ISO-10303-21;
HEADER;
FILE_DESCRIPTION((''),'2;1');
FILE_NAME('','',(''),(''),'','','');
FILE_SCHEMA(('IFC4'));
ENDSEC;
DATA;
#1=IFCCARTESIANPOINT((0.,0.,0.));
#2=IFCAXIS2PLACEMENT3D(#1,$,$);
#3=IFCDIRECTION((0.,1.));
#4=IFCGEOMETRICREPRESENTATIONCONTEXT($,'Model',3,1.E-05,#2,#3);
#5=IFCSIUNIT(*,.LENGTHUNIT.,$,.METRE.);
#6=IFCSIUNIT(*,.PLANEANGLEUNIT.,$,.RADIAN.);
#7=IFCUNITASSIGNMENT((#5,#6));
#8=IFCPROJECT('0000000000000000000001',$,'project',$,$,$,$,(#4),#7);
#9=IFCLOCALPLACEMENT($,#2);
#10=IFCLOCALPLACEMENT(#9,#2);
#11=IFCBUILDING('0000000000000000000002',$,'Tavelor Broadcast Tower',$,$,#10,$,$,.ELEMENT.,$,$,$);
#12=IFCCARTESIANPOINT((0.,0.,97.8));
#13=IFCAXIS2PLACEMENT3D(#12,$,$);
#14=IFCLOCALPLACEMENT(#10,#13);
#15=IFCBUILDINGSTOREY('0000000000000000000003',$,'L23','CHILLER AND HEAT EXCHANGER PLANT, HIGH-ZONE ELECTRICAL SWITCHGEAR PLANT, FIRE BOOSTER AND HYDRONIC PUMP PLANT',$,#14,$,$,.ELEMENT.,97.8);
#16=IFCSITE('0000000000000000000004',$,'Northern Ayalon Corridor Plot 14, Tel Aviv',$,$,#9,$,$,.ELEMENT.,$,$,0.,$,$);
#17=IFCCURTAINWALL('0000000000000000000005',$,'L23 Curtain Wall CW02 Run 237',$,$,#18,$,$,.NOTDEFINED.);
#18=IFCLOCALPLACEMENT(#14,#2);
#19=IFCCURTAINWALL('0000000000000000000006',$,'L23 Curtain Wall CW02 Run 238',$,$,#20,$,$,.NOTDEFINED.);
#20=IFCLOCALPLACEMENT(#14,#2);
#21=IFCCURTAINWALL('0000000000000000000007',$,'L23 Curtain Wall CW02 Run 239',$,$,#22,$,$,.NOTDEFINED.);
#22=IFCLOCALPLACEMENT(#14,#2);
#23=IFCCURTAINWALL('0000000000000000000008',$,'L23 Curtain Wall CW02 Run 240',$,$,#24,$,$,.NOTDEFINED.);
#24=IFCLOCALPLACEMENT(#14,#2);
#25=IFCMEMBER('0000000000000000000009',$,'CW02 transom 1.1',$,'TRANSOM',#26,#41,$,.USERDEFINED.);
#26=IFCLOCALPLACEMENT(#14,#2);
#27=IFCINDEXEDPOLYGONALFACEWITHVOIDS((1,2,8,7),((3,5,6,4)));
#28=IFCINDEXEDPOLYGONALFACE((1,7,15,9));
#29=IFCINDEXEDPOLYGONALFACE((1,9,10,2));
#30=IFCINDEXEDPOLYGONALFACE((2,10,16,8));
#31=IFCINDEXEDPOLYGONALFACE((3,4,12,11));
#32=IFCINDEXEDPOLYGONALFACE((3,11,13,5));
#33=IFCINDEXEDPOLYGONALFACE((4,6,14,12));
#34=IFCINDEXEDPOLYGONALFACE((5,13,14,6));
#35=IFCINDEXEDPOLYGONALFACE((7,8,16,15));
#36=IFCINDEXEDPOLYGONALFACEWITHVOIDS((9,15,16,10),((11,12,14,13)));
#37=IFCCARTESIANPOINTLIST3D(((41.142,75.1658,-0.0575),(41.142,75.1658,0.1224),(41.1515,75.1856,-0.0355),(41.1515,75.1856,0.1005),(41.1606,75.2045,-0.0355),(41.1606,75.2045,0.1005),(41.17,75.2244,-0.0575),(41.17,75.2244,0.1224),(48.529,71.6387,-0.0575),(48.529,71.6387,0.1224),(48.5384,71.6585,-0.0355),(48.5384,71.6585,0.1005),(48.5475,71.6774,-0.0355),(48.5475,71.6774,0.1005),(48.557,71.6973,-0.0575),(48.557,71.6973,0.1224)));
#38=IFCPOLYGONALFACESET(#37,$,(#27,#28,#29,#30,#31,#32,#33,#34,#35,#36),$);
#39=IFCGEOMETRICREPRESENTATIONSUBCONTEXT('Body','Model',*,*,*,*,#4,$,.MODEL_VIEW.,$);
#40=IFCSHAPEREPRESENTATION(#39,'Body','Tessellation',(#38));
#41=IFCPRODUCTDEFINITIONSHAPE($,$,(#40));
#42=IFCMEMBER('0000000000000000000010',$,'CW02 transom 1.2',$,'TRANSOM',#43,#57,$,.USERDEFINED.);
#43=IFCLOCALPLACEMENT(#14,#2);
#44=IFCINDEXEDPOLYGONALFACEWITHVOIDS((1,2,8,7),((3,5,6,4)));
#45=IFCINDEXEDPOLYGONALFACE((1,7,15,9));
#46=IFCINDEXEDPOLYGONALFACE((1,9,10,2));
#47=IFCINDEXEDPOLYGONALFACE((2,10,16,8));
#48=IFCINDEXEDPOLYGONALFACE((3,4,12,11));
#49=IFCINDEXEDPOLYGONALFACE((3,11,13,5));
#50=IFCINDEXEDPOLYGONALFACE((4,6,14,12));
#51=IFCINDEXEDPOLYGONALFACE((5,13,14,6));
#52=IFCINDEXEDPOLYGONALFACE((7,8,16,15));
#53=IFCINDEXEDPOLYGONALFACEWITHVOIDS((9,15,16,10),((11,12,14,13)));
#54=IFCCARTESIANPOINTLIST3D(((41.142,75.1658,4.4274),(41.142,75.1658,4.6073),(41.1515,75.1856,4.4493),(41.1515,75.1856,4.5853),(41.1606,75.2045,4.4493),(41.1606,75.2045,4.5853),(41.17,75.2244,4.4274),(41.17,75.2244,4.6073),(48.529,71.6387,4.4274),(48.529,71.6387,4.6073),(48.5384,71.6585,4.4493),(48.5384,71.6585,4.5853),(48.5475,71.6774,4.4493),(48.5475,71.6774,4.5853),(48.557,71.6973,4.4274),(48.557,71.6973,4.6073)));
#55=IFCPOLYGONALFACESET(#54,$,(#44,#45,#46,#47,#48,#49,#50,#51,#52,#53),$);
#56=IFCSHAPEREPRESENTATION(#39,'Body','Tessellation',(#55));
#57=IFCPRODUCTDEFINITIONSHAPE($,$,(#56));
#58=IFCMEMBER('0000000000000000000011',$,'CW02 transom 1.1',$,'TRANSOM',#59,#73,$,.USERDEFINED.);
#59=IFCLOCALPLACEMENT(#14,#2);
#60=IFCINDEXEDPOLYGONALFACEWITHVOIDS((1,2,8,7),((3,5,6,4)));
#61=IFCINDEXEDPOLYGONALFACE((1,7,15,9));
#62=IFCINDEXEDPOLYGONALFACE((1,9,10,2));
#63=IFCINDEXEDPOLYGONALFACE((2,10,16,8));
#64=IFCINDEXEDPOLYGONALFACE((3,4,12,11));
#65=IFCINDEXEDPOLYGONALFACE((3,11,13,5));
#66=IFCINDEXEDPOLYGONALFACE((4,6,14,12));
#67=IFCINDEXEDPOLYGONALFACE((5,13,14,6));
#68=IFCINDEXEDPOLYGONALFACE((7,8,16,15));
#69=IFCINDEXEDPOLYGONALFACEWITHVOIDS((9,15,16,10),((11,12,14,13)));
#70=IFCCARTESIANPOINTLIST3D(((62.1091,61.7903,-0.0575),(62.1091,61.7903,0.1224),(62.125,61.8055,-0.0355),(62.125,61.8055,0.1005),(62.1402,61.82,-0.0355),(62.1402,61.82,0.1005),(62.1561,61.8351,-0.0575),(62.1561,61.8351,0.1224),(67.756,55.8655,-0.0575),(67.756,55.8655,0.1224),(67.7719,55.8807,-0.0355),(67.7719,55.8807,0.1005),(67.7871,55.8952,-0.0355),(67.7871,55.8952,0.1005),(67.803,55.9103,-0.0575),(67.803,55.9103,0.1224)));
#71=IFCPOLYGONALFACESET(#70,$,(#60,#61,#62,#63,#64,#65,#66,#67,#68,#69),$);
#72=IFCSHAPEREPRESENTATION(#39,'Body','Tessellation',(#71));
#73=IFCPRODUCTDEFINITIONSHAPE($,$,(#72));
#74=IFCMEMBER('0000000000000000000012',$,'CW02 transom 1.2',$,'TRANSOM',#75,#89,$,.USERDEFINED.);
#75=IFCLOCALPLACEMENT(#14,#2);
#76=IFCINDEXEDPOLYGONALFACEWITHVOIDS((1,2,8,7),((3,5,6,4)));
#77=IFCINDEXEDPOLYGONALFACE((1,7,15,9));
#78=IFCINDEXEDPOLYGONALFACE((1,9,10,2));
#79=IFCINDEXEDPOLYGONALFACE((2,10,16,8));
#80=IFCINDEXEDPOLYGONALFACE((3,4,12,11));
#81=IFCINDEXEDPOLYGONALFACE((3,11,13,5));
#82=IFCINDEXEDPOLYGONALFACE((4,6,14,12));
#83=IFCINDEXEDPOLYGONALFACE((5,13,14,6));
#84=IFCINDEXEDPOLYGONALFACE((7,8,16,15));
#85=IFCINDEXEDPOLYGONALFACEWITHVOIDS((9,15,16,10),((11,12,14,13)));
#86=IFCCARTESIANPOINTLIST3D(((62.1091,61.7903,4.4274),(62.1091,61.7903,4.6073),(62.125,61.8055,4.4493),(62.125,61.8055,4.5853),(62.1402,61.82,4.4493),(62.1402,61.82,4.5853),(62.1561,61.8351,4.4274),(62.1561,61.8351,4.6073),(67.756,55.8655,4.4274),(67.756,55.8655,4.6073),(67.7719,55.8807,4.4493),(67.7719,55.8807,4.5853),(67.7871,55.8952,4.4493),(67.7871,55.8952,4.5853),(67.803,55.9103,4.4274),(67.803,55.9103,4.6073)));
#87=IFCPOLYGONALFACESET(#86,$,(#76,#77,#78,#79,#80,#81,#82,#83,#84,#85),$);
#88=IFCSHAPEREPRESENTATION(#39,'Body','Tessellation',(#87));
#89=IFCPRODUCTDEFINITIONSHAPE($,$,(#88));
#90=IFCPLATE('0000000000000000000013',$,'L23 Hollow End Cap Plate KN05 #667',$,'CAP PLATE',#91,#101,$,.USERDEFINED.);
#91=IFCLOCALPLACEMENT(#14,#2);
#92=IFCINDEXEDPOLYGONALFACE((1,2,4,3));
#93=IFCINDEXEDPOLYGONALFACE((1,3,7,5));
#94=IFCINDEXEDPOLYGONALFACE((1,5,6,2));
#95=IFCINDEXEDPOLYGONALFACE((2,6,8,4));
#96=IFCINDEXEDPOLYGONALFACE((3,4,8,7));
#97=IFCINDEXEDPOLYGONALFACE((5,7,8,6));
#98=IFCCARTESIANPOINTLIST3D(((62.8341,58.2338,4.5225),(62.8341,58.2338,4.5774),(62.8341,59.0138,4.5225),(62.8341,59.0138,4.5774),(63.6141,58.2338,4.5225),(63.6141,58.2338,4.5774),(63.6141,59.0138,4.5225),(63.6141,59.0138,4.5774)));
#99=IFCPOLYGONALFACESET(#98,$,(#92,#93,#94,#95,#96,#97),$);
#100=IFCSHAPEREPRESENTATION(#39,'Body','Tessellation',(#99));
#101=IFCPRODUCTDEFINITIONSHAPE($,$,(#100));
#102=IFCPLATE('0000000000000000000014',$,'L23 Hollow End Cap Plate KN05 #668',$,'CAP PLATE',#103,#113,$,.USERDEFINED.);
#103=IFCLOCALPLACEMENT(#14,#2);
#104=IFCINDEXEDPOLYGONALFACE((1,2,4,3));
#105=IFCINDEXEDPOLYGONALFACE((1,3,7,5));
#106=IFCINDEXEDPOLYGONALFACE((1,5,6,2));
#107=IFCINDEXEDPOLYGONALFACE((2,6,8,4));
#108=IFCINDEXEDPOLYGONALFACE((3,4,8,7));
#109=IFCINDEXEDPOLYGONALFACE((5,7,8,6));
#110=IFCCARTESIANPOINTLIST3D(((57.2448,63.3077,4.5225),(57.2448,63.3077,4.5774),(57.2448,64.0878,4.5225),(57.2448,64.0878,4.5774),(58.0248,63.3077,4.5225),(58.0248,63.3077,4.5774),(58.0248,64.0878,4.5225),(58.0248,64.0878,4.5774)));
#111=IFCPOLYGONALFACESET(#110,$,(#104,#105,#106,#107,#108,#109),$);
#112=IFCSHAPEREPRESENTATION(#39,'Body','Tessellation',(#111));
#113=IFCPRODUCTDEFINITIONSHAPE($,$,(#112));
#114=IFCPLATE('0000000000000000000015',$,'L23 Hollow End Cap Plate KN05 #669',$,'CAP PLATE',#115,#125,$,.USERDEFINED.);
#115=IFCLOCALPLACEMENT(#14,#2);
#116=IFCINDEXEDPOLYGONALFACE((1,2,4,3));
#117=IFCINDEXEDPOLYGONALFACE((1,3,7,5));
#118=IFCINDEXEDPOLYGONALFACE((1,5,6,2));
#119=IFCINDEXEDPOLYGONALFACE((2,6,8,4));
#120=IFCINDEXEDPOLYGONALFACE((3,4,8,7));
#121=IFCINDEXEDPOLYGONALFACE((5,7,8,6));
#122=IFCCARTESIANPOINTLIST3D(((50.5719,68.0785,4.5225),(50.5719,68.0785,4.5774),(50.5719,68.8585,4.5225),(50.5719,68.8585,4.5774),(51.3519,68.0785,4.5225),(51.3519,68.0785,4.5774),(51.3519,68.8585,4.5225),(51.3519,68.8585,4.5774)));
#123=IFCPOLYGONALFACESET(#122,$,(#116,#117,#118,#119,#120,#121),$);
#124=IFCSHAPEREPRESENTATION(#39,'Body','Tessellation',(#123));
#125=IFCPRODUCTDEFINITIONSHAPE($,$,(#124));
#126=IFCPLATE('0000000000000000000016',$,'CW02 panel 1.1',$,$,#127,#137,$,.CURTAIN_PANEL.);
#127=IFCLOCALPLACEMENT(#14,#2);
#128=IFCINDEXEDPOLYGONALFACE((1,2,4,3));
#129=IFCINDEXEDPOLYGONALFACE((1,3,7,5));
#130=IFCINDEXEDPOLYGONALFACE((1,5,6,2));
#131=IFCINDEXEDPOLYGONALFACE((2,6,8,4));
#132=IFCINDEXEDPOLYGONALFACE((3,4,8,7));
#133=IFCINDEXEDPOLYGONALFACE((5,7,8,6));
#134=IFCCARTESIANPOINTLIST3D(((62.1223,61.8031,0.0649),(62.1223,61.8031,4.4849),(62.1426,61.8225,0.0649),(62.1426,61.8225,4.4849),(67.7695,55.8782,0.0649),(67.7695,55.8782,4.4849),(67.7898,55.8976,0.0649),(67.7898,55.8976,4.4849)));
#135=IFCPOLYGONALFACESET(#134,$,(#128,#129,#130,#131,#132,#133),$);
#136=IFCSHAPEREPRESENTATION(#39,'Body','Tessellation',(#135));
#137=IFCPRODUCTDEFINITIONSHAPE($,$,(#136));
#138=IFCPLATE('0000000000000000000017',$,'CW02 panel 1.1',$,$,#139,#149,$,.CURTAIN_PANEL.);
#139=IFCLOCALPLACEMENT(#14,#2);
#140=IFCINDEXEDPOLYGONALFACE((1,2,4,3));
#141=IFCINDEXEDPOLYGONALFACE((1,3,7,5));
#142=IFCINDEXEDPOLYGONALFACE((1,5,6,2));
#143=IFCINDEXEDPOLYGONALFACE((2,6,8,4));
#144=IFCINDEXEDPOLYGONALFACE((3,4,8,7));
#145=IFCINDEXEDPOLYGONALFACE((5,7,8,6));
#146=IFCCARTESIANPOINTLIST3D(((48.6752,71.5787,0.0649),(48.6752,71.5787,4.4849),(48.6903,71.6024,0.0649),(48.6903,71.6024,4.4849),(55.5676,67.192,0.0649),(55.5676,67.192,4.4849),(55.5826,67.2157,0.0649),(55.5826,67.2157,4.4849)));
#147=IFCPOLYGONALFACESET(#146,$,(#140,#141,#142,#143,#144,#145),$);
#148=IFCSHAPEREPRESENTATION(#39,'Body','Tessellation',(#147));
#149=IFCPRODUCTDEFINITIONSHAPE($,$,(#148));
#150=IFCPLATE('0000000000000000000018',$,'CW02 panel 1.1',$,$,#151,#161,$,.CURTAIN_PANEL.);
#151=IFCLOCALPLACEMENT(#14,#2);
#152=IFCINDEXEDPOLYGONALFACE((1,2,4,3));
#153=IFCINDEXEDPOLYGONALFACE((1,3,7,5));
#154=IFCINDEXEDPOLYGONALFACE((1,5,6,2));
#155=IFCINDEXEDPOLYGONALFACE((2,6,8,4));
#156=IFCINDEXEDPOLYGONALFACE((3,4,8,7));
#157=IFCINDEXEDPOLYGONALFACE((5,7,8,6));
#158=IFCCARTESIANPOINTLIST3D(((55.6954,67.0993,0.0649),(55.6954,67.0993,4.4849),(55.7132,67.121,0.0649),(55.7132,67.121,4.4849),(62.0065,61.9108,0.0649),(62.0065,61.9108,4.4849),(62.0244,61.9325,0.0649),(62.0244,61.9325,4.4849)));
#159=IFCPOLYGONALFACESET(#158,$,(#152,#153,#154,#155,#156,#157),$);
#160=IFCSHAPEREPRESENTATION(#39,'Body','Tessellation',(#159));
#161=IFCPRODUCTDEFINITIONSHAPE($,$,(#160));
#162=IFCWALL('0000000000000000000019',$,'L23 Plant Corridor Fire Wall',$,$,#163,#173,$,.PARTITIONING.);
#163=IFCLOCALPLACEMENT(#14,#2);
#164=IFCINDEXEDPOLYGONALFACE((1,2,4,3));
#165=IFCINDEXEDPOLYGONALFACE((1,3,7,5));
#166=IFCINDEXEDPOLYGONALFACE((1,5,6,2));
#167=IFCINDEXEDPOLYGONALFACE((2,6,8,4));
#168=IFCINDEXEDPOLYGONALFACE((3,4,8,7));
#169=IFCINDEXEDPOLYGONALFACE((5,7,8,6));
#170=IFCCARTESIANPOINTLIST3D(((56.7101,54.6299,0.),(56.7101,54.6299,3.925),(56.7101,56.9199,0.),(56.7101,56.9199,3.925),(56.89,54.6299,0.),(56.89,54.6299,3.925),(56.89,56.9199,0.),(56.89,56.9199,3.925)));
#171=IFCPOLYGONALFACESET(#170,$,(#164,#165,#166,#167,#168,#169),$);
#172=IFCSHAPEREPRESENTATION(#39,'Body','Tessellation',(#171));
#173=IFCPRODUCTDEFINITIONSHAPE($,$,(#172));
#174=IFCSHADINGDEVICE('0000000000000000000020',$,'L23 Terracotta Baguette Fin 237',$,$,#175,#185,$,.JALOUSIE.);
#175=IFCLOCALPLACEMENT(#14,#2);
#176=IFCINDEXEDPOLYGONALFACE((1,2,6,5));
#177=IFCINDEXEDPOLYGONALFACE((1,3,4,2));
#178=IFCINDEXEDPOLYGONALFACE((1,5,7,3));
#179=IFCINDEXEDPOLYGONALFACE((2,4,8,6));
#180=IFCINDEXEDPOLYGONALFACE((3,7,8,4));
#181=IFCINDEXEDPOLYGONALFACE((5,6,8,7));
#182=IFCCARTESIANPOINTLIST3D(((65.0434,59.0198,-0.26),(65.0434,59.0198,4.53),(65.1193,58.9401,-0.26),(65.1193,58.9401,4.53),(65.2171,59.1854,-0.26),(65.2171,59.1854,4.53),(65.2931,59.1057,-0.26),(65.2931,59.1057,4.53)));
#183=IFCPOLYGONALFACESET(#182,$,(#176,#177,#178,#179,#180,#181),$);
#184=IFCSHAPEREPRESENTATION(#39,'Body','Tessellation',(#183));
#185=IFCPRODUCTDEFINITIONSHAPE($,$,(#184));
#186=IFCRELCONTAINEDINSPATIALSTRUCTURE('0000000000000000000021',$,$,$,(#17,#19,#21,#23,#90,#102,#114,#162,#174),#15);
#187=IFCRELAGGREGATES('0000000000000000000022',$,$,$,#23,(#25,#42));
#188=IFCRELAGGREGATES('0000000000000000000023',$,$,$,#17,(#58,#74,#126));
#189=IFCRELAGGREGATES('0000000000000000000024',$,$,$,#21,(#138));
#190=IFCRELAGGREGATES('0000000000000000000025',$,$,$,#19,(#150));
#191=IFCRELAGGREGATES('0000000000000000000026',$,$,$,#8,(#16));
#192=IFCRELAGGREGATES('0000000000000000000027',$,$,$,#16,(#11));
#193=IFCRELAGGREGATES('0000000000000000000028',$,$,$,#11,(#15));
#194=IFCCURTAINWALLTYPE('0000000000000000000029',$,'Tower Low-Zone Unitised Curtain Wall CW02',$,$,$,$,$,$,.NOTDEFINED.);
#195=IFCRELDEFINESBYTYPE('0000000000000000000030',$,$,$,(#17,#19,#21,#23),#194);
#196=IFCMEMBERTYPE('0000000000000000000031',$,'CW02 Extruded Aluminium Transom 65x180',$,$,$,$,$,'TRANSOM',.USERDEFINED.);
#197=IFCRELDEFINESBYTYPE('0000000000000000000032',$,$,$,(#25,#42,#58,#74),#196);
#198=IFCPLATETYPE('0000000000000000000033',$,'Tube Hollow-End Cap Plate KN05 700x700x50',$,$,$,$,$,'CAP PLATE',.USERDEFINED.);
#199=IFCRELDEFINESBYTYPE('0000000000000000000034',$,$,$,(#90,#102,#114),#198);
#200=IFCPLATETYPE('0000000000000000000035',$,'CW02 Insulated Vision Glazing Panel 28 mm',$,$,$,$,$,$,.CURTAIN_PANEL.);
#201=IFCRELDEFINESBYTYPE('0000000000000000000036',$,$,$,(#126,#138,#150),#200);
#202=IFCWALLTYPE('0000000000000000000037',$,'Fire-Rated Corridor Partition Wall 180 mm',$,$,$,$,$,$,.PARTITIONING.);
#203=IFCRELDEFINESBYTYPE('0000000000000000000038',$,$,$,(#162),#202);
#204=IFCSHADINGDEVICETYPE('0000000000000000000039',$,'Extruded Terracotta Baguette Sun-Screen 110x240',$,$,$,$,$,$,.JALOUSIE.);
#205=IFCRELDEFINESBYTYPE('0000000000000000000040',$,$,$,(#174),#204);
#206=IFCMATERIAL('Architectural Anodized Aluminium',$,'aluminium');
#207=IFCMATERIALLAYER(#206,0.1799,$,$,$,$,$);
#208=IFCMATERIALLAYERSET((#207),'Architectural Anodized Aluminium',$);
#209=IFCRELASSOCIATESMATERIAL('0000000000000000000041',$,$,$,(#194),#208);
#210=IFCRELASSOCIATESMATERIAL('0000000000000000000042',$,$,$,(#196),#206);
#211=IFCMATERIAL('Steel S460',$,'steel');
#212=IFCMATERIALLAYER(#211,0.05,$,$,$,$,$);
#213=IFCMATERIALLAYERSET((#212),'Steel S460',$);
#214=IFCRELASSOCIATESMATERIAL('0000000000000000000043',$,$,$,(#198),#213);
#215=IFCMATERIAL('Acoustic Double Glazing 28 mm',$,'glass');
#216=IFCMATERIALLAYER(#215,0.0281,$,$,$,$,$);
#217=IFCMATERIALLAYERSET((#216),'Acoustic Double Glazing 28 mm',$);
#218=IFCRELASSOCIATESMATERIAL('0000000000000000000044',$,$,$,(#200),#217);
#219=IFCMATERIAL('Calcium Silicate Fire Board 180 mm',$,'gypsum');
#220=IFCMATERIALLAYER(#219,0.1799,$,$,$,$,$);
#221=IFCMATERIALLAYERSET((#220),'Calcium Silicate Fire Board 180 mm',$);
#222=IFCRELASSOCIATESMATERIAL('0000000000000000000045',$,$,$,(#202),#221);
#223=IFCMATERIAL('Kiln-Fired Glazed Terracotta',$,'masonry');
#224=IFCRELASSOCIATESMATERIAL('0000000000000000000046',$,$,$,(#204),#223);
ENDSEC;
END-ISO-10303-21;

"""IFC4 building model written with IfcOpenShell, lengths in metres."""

from ifc_helpers import new_model, si_unit, direction, frame, frame_2d, origin, origin_2d, place, context, subcontext, project, spatial, rectangle, hollow_rectangle, extrude, source, transform, mapped, material, layer, layer_set, material_profile, profile_set, type_object, type_shapes, element, aggregate, save


model = new_model("IFC4")

# Units and contexts
model_context = context("Model", 3, precision=1e-05, world=origin(), true_north=direction((0.0, 1.0)))
body_context = subcontext(model_context, "Body", "Model", "MODEL_VIEW")
ifc_project = project(units=[si_unit("LENGTHUNIT", "METRE"), si_unit("PLANEANGLEUNIT", "RADIAN")], contexts=[model_context])

# Site, building, storey
site_placement = place(None, origin())
site = spatial("IfcSite", under=ifc_project, at=site_placement, Name="Northern Ayalon Corridor Plot 14, Tel Aviv", CompositionType="ELEMENT", RefElevation=0.0)
building_placement = place(site_placement, origin())
building = spatial("IfcBuilding", under=site, at=building_placement, Name="Tavelor Broadcast Tower", CompositionType="ELEMENT")
storey_placement = place(building_placement, frame((0.0, 0.0, 97.8)))
storey = spatial("IfcBuildingStorey", under=building, at=storey_placement, Name="L23", Description="CHILLER AND HEAT EXCHANGER PLANT, HIGH-ZONE ELECTRICAL SWITCHGEAR PLANT, FIRE BOOSTER AND HYDRONIC PUMP PLANT", CompositionType="ELEMENT", Elevation=97.8)

# Shared definitions
ifc_material_1 = material(Name="Steel S460", Category="steel")

# Curtain walls
ifc_material_2 = material(Name="Architectural Anodized Aluminium", Category="aluminium")
ifc_layer_1 = layer(ifc_material_2, 0.1799)
ifc_layer_set_1 = layer_set([ifc_layer_1], Name="Architectural Anodized Aluminium")
curtain_wall_type = type_object("IfcCurtainWallType", Name="Tower Low-Zone Unitised Curtain Wall CW02", PredefinedType="NOTDEFINED", material=ifc_layer_set_1)
curtain_wall_1_placement = place(storey_placement, origin())
curtain_wall_1 = element("IfcCurtainWall", 1, at=curtain_wall_1_placement, inside=storey, type_object=curtain_wall_type, Name="L23 Curtain Wall CW02 Run 237", PredefinedType="NOTDEFINED")
curtain_wall_2_placement = place(storey_placement, origin())
curtain_wall_2 = element("IfcCurtainWall", 2, at=curtain_wall_2_placement, inside=storey, type_object=curtain_wall_type, Name="L23 Curtain Wall CW02 Run 238", PredefinedType="NOTDEFINED")
curtain_wall_3_placement = place(storey_placement, origin())
curtain_wall_3 = element("IfcCurtainWall", 3, at=curtain_wall_3_placement, inside=storey, type_object=curtain_wall_type, Name="L23 Curtain Wall CW02 Run 239", PredefinedType="NOTDEFINED")

# Curtain wall
curtain_wall_4_placement = place(storey_placement, origin())
curtain_wall_4 = element("IfcCurtainWall", 4, at=curtain_wall_4_placement, inside=storey, type_object=curtain_wall_type, Name="L23 Curtain Wall CW02 Run 240", PredefinedType="NOTDEFINED")

# Members
ifc_material_profile_1 = material_profile(ifc_material_2, hollow_rectangle(XDim=0.0649, YDim=0.1799, WallThickness=0.022, at=origin_2d()), Name="RHS 65x180x22")
ifc_profile_set_1 = profile_set([ifc_material_profile_1], Name="Architectural Anodized Aluminium")
member_type_1 = type_object("IfcMemberType", Name="CW02 Extruded Aluminium Transom 65x180", ElementType="TRANSOM", PredefinedType="USERDEFINED", material=ifc_profile_set_1)
shared_shape_1 = source(origin(), body_context, "Body", "SweptSolid", [
    extrude(hollow_rectangle(XDim=0.0649, YDim=0.1799, WallThickness=0.022, at=origin_2d()), origin(), (0.0, 0.0, 1.0), 8.1858),
])
member_1_placement = place(storey_placement, frame((48.543, 71.668, 0.0325), z_axis=(-0.90241, 0.430879, 0.0), x_axis=(-0.430879, -0.90241, 0.0)))
member_1 = element("IfcMember", 5, at=member_1_placement, type_object=member_type_1, Name="CW02 transom 1.1", ObjectType="TRANSOM", PredefinedType="USERDEFINED", context=body_context, shape_type="MappedRepresentation", body=[
    mapped(shared_shape_1, transform((0.0, 0.0, 0.0), scale=1.0)),
])
member_2_placement = place(storey_placement, frame((48.543, 71.668, 4.5173), z_axis=(-0.90241, 0.430879, 0.0), x_axis=(-0.430879, -0.90241, 0.0)))
member_2 = element("IfcMember", 6, at=member_2_placement, type_object=member_type_1, Name="CW02 transom 1.2", ObjectType="TRANSOM", PredefinedType="USERDEFINED", context=body_context, shape_type="MappedRepresentation", body=[
    mapped(shared_shape_1, transform((0.0, 0.0, 0.0), scale=1.0)),
])
aggregate(curtain_wall_4, [member_1, member_2])
shared_shape_2 = source(origin(), body_context, "Body", "SweptSolid", [
    extrude(hollow_rectangle(XDim=0.0649, YDim=0.1799, WallThickness=0.022, at=origin_2d()), origin(), (0.0, 0.0, 1.0), 8.1848),
])
member_3_placement = place(storey_placement, frame((67.7795, 55.8879, 0.0325), z_axis=(-0.689931, 0.723875, 0.0), x_axis=(-0.723875, -0.689931, 0.0)))
member_3 = element("IfcMember", 7, at=member_3_placement, type_object=member_type_1, Name="CW02 transom 1.1", ObjectType="TRANSOM", PredefinedType="USERDEFINED", context=body_context, shape_type="MappedRepresentation", body=[
    mapped(shared_shape_2, transform((0.0, 0.0, 0.0), scale=1.0)),
])
member_4_placement = place(storey_placement, frame((67.7795, 55.8879, 4.5173), z_axis=(-0.689931, 0.723875, 0.0), x_axis=(-0.723875, -0.689931, 0.0)))
member_4 = element("IfcMember", 8, at=member_4_placement, type_object=member_type_1, Name="CW02 transom 1.2", ObjectType="TRANSOM", PredefinedType="USERDEFINED", context=body_context, shape_type="MappedRepresentation", body=[
    mapped(shared_shape_2, transform((0.0, 0.0, 0.0), scale=1.0)),
])

# Plates
ifc_layer_2 = layer(ifc_material_1, 0.05)
ifc_layer_set_2 = layer_set([ifc_layer_2], Name="Steel S460")
plate_type_1 = type_object("IfcPlateType", Name="Tube Hollow-End Cap Plate KN05 700x700x50", ElementType="CAP PLATE", PredefinedType="USERDEFINED", material=ifc_layer_set_2)
shared_shape_3 = source(origin(), body_context, "Body", "SweptSolid", [
    extrude(rectangle(XDim=0.78, YDim=0.78, at=origin_2d()), origin(), (0.0, 0.0, 1.0), 0.0549),
])
type_shapes(plate_type_1, [shared_shape_3])
for number, where, z_axis, x_axis, name in (
    (9, (63.2241, 58.6238, 4.5225), (0.0, 0.0, 1.0), (1.0, 0.0, 0.0), "L23 Hollow End Cap Plate KN05 #667"),
    (10, (57.6348, 63.6978, 4.5225), (0.0, 0.0, 1.0), (1.0, 0.0, 0.0), "L23 Hollow End Cap Plate KN05 #668"),
    (11, (50.9619, 68.4685, 4.5225), (0.0, 0.0, 1.0), (1.0, 0.0, 0.0), "L23 Hollow End Cap Plate KN05 #669"),
):
    element("IfcPlate", number, at=place(storey_placement, frame(where, z_axis=z_axis, x_axis=x_axis)), inside=storey, type_object=plate_type_1, Name=name, ObjectType="CAP PLATE", PredefinedType="USERDEFINED", context=body_context, shape_type="MappedRepresentation", body=[
        mapped(shared_shape_3, transform((0.0, 0.0, 0.0), scale=1.0)),
    ])

# Plates
ifc_material_3 = material(Name="Acoustic Double Glazing 28 mm", Category="glass")
ifc_layer_3 = layer(ifc_material_3, 0.0281)
ifc_layer_set_3 = layer_set([ifc_layer_3], Name="Acoustic Double Glazing 28 mm")
plate_type_2 = type_object("IfcPlateType", Name="CW02 Insulated Vision Glazing Panel 28 mm", PredefinedType="CURTAIN_PANEL", material=ifc_layer_set_3)
shared_shape_4 = source(origin(), body_context, "Body", "SweptSolid", [
    extrude(rectangle(XDim=8.1851, YDim=0.0281, at=origin_2d()), origin(), (0.0, 0.0, 1.0), 4.4199),
])
plate_1_placement = place(storey_placement, frame((64.9561, 58.8503, 0.0649), z_axis=(0.0, 0.0, 1.0), x_axis=(-0.689934, 0.723872, 0.0)))
plate_1 = element("IfcPlate", 12, at=plate_1_placement, type_object=plate_type_2, Name="CW02 panel 1.1", PredefinedType="CURTAIN_PANEL", context=body_context, shape_type="MappedRepresentation", body=[
    mapped(shared_shape_4, transform((0.0, 0.0, 0.0), scale=1.0)),
])
aggregate(curtain_wall_1, [member_3, member_4, plate_1])
shared_shape_5 = source(origin(), body_context, "Body", "SweptSolid", [
    extrude(rectangle(XDim=8.1699, YDim=0.0281, at=origin_2d()), origin(), (0.0, 0.0, 1.0), 4.4199),
])
plate_2_placement = place(storey_placement, frame((52.1289, 69.3972, 0.0649), z_axis=(0.0, 0.0, 1.0), x_axis=(-0.843628, 0.536929, 0.0)))
plate_2 = element("IfcPlate", 13, at=plate_2_placement, type_object=plate_type_2, Name="CW02 panel 1.1", PredefinedType="CURTAIN_PANEL", context=body_context, shape_type="MappedRepresentation", body=[
    mapped(shared_shape_5, transform((0.0, 0.0, 0.0), scale=1.0)),
])
aggregate(curtain_wall_3, [plate_2])
shared_shape_6 = source(origin(), body_context, "Body", "SweptSolid", [
    extrude(rectangle(XDim=8.1702, YDim=0.0281, at=origin_2d()), origin(), (0.0, 0.0, 1.0), 4.4199),
])
type_shapes(plate_type_2, [shared_shape_4, shared_shape_5, shared_shape_6])
plate_3_placement = place(storey_placement, frame((58.8599, 64.5159, 0.0649), z_axis=(0.0, 0.0, 1.0), x_axis=(-0.772466, 0.635057, 0.0)))
plate_3 = element("IfcPlate", 14, at=plate_3_placement, type_object=plate_type_2, Name="CW02 panel 1.1", PredefinedType="CURTAIN_PANEL", context=body_context, shape_type="MappedRepresentation", body=[
    mapped(shared_shape_6, transform((0.0, 0.0, 0.0), scale=1.0)),
])
aggregate(curtain_wall_2, [plate_3])

# Wall
ifc_material_4 = material(Name="Calcium Silicate Fire Board 180 mm", Category="gypsum")
ifc_layer_4 = layer(ifc_material_4, 0.1799)
ifc_layer_set_4 = layer_set([ifc_layer_4], Name="Calcium Silicate Fire Board 180 mm")
wall_type = type_object("IfcWallType", Name="Fire-Rated Corridor Partition Wall 180 mm", PredefinedType="PARTITIONING", material=ifc_layer_set_4)
wall_placement = place(storey_placement, frame((56.8, 56.9199, 0.0), z_axis=(0.0, 0.0, 1.0), x_axis=(0.0, -1.0, 0.0)))
element("IfcWall", 15, at=wall_placement, inside=storey, type_object=wall_type, Name="L23 Plant Corridor Fire Wall", PredefinedType="PARTITIONING", context=body_context, shape_type="SweptSolid", body=[
    extrude(rectangle(XDim=2.29, YDim=0.1799, at=frame_2d((1.145, 0.0))), origin(), (0.0, 0.0, 1.0), 3.925),
])

# Shading device
ifc_material_5 = material(Name="Kiln-Fired Glazed Terracotta", Category="masonry")
shading_device_type = type_object("IfcShadingDeviceType", Name="Extruded Terracotta Baguette Sun-Screen 110x240", PredefinedType="JALOUSIE", material=ifc_material_5)
shared_shape_7 = source(origin(), body_context, "Body", "SweptSolid", [
    extrude(rectangle(XDim=0.1101, YDim=0.24, at=origin_2d()), origin(), (0.0, 0.0, 1.0), 4.79),
])
type_shapes(shading_device_type, [shared_shape_7])
for number, where, z_axis, x_axis, name in (
    (16, (65.1682, 59.0627, -0.26), (0.0, 0.0, 1.0), (-0.689872, 0.723931, 0.0), "L23 Terracotta Baguette Fin 237"),
):
    element("IfcShadingDevice", number, at=place(storey_placement, frame(where, z_axis=z_axis, x_axis=x_axis)), inside=storey, type_object=shading_device_type, Name=name, PredefinedType="JALOUSIE", context=body_context, shape_type="MappedRepresentation", body=[
        mapped(shared_shape_7, transform((0.0, 0.0, 0.0), scale=1.0)),
    ])

save(model, "model.ifc")
